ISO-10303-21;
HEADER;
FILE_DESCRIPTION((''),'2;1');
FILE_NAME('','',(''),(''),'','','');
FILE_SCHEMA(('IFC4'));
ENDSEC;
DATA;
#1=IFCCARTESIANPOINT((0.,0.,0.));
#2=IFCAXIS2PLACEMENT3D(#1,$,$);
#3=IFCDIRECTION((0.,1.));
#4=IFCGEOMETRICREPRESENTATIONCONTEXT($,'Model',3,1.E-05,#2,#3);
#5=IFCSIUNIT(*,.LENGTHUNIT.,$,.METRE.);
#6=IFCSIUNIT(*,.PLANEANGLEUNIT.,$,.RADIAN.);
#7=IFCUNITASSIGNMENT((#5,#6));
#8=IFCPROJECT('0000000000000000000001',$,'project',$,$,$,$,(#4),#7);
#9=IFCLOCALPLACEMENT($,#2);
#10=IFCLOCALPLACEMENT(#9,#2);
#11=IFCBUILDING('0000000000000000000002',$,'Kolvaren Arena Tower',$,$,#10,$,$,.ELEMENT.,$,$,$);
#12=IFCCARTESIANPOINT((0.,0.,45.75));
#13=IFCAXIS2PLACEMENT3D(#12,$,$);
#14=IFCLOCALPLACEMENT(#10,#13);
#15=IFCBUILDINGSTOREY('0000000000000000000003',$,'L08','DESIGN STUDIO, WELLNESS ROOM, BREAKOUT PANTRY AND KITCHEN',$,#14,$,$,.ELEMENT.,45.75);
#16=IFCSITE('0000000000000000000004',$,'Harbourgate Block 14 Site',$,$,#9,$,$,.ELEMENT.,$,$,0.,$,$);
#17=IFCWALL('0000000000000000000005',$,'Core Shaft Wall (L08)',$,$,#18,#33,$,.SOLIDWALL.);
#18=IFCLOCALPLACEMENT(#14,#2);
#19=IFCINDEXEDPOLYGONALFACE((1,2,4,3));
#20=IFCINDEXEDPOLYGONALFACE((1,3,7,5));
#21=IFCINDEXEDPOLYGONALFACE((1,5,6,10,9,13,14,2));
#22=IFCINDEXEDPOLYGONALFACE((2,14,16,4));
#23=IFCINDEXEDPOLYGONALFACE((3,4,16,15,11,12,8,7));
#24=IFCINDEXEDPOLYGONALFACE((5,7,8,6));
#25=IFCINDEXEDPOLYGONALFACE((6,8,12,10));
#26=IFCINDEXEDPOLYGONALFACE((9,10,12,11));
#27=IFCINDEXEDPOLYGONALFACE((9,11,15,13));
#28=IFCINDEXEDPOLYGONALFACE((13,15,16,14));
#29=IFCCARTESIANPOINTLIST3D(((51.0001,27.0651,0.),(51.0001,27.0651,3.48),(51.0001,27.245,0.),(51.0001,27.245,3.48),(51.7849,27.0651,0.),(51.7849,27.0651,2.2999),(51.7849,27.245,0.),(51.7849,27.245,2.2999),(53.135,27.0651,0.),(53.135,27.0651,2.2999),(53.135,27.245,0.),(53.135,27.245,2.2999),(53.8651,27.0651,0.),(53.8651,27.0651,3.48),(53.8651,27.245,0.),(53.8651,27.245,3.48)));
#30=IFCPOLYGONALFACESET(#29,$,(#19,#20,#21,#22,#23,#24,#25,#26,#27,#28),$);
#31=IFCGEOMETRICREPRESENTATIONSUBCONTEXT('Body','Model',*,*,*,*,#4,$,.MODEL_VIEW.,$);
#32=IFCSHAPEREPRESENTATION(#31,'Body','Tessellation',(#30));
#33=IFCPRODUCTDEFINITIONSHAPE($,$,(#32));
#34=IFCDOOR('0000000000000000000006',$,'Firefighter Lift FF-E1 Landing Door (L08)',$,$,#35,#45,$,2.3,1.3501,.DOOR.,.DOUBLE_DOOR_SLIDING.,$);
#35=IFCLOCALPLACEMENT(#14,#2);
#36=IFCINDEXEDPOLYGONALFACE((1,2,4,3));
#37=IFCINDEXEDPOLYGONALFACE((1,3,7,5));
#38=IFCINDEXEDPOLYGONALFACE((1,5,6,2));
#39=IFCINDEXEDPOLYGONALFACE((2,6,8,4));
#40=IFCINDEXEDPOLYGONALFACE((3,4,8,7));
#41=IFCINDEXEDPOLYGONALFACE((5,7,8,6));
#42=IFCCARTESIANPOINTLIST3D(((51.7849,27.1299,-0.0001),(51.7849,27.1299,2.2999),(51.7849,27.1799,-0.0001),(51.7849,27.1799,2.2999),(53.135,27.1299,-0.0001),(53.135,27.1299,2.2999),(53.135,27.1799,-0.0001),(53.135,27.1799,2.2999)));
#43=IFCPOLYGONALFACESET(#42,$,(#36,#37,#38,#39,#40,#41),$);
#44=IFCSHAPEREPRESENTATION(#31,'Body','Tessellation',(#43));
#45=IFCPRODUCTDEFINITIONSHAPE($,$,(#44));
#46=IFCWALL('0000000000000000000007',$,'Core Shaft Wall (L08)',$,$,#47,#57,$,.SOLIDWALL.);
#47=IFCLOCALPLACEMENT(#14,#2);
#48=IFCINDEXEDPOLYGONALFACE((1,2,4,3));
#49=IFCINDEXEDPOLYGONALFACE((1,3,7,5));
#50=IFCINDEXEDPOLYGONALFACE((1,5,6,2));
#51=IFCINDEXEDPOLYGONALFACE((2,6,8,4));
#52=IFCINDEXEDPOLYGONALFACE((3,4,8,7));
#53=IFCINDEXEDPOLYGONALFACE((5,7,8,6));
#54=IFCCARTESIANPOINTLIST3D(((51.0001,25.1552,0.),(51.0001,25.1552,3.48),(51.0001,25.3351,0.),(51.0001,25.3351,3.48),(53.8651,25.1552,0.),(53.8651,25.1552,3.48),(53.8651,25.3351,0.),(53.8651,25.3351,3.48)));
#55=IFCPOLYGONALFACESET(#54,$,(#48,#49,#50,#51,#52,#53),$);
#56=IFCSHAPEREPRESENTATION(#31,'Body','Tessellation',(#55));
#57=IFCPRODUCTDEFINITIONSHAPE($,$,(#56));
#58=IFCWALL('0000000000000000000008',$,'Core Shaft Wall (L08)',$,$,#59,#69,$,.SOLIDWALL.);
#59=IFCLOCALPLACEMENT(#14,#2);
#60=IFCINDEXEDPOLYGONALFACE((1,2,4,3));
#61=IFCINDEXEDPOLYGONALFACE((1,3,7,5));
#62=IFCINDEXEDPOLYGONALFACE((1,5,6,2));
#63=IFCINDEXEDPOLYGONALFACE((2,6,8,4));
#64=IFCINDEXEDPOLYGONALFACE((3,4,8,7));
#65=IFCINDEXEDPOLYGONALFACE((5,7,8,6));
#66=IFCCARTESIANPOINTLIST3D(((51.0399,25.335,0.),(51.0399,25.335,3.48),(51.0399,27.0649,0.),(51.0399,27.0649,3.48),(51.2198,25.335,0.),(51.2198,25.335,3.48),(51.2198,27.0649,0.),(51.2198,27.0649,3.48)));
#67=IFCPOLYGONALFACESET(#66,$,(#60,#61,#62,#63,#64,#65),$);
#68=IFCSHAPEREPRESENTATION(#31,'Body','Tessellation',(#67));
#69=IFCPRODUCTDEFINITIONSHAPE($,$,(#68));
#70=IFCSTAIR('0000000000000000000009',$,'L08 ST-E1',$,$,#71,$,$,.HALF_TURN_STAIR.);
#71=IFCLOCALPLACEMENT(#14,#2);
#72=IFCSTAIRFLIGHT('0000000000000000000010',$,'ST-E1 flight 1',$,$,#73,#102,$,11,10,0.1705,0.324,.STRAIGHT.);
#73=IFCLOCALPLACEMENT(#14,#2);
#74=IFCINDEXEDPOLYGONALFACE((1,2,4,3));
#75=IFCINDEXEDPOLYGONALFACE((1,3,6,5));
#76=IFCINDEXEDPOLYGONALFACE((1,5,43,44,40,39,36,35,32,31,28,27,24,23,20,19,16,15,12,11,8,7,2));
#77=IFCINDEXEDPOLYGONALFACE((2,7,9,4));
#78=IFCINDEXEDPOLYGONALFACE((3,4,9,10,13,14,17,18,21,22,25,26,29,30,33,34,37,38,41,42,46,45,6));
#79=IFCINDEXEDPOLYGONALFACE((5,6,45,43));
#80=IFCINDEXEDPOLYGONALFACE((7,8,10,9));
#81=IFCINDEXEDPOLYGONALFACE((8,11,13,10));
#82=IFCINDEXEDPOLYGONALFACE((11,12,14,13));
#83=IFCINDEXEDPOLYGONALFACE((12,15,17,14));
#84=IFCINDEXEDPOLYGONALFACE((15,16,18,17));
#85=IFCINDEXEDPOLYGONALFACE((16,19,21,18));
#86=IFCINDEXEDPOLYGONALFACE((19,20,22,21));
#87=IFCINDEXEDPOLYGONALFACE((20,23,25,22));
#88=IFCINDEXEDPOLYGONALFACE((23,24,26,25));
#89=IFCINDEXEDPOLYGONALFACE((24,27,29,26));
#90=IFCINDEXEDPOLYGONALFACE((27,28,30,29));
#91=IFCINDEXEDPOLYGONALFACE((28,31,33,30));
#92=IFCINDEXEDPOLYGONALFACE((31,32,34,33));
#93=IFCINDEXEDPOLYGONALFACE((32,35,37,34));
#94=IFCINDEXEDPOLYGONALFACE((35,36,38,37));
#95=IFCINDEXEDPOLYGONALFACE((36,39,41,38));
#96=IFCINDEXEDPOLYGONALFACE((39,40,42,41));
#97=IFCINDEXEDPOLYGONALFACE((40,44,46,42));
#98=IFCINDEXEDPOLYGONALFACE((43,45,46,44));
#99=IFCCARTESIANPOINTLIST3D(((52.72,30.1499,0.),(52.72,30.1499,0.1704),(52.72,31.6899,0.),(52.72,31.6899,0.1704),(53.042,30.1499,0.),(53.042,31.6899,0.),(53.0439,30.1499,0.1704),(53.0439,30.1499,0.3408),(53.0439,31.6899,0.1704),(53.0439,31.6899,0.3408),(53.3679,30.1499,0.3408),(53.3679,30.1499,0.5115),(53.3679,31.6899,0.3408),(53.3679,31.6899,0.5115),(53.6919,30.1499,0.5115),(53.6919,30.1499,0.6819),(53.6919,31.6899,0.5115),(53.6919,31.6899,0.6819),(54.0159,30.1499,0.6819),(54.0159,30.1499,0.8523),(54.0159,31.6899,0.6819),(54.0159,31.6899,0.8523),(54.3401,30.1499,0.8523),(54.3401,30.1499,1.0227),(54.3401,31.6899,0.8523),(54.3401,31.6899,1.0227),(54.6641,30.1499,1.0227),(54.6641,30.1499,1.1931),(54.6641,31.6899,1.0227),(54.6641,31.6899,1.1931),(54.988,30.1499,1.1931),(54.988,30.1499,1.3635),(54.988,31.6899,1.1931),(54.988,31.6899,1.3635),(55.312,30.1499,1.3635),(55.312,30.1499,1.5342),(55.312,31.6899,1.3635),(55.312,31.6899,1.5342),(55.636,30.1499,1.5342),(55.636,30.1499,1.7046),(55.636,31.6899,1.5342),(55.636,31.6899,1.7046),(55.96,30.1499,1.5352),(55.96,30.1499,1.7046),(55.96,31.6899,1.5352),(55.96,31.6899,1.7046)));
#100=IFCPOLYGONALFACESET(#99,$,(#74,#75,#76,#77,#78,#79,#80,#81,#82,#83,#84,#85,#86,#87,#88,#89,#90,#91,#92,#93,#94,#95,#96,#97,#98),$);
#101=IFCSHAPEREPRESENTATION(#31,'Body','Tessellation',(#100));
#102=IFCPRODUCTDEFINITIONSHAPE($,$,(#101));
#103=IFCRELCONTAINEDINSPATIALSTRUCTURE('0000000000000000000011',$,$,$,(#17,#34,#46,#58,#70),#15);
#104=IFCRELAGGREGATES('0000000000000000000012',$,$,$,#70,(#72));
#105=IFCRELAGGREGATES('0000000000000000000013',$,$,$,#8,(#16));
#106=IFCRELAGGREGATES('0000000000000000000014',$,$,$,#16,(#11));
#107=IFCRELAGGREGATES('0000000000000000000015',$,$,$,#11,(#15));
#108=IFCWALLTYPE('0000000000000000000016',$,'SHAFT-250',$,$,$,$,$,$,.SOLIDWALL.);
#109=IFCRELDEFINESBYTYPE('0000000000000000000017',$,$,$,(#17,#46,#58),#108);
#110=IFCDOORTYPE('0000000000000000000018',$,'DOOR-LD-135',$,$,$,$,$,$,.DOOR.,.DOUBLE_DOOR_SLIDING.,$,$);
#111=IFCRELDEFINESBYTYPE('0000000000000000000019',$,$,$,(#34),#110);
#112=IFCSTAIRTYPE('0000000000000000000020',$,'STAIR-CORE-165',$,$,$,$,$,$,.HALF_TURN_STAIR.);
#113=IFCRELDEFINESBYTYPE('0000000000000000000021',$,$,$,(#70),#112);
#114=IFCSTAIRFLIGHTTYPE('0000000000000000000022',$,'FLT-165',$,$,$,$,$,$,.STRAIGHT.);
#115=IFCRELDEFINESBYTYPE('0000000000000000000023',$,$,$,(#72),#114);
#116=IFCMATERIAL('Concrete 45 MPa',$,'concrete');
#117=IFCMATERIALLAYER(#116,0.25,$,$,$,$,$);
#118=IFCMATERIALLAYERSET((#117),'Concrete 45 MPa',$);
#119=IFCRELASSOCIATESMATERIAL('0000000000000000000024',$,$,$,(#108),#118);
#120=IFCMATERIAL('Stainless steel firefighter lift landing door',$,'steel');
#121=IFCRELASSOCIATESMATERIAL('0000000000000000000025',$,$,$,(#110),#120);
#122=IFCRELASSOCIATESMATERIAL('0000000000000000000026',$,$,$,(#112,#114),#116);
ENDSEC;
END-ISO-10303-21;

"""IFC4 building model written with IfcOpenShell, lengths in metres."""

from ifc_helpers import new_model, si_unit, direction, frame, frame_2d, origin, place, context, subcontext, project, spatial, polyline, rectangle, outline, extrude, material, layer, layer_set, type_object, element, fill, aggregate, save


model = new_model("IFC4")

# Units and contexts
model_context = context("Model", 3, precision=1e-05, world=origin(), true_north=direction((0.0, 1.0)))
body_context = subcontext(model_context, "Body", "Model", "MODEL_VIEW")
ifc_project = project(units=[si_unit("LENGTHUNIT", "METRE"), si_unit("PLANEANGLEUNIT", "RADIAN")], contexts=[model_context])

# Site, building, storey
site_placement = place(None, origin())
site = spatial("IfcSite", under=ifc_project, at=site_placement, Name="Harbourgate Block 14 Site", CompositionType="ELEMENT", RefElevation=0.0)
building_placement = place(site_placement, origin())
building = spatial("IfcBuilding", under=site, at=building_placement, Name="Kolvaren Arena Tower", CompositionType="ELEMENT")
storey_placement = place(building_placement, frame((0.0, 0.0, 45.75)))
storey = spatial("IfcBuildingStorey", under=building, at=storey_placement, Name="L08", Description="DESIGN STUDIO, WELLNESS ROOM, BREAKOUT PANTRY AND KITCHEN", CompositionType="ELEMENT", Elevation=45.75)

# Shared definitions
ifc_material_1 = material(Name="Concrete 45 MPa", Category="concrete")
ifc_layer = layer(ifc_material_1, 0.25)
ifc_layer_set = layer_set([ifc_layer], Name="Concrete 45 MPa")
wall_type = type_object("IfcWallType", Name="SHAFT-250", PredefinedType="SOLIDWALL", material=ifc_layer_set)

# Wall, opening, door
wall_1_placement = place(storey_placement, frame((51.0, 27.155, 0.0), z_axis=(0.0, 0.0, 1.0), x_axis=(1.0, 0.0, 0.0)))
wall_1 = element("IfcWall", 1, at=wall_1_placement, inside=storey, type_object=wall_type, Name="Core Shaft Wall (L08)", PredefinedType="SOLIDWALL", context=body_context, shape_type="SweptSolid", body=[
    extrude(rectangle(XDim=2.865, YDim=0.1799, at=frame_2d((1.4326, 0.0))), origin(), (0.0, 0.0, 1.0), 3.48),
])
opening_placement = place(wall_1_placement, frame((0.7849, 0.0, 0.0)))
opening = element("IfcOpeningElement", 2, at=opening_placement, cuts=wall_1, PredefinedType="OPENING", context=body_context, shape_type="SweptSolid", body=[
    extrude(rectangle(XDim=1.3501, YDim=2.3, at=frame_2d((0.675, 1.1499))), frame((0.0, 0.0999, 0.0), z_axis=(0.0, -1.0, 0.0), x_axis=(1.0, 0.0, 0.0)), (0.0, 0.0, 1.0), 0.2),
])
ifc_material_2 = material(Name="Stainless steel firefighter lift landing door", Category="steel")
door_type = type_object("IfcDoorType", Name="DOOR-LD-135", OperationType="DOUBLE_DOOR_SLIDING", PredefinedType="DOOR", material=ifc_material_2)
door_placement = place(opening_placement, origin())
door = element("IfcDoor", 3, at=door_placement, inside=storey, type_object=door_type, Name="Firefighter Lift FF-E1 Landing Door (L08)", OperationType="DOUBLE_DOOR_SLIDING", OverallHeight=2.3, OverallWidth=1.3501, PredefinedType="DOOR", context=body_context, shape_type="SweptSolid", body=[
    extrude(rectangle(XDim=1.3501, YDim=2.3, at=frame_2d((0.675, 1.1499))), frame((0.0, 0.0249, 0.0), z_axis=(0.0, -1.0, 0.0), x_axis=(1.0, 0.0, 0.0)), (0.0, 0.0, 1.0), 0.05),
])
fill(opening, door)

# Walls
wall_2_placement = place(storey_placement, frame((51.0, 25.2451, 0.0), z_axis=(0.0, 0.0, 1.0), x_axis=(1.0, 0.0, 0.0)))
element("IfcWall", 4, at=wall_2_placement, inside=storey, type_object=wall_type, Name="Core Shaft Wall (L08)", PredefinedType="SOLIDWALL", context=body_context, shape_type="SweptSolid", body=[
    extrude(rectangle(XDim=2.865, YDim=0.1799, at=frame_2d((1.4326, 0.0))), origin(), (0.0, 0.0, 1.0), 3.48),
])
wall_3_placement = place(storey_placement, frame((51.1299, 25.335, 0.0), z_axis=(0.0, 0.0, 1.0), x_axis=(0.0, 1.0, 0.0)))
element("IfcWall", 5, at=wall_3_placement, inside=storey, type_object=wall_type, Name="Core Shaft Wall (L08)", PredefinedType="SOLIDWALL", context=body_context, shape_type="SweptSolid", body=[
    extrude(rectangle(XDim=1.73, YDim=0.1799, at=frame_2d((0.865, 0.0))), origin(), (0.0, 0.0, 1.0), 3.48),
])

# Stair, stair flight
stair_type = type_object("IfcStairType", Name="STAIR-CORE-165", PredefinedType="HALF_TURN_STAIR", material=ifc_material_1)
stair_placement = place(storey_placement, origin())
stair = element("IfcStair", 6, at=stair_placement, inside=storey, type_object=stair_type, Name="L08 ST-E1", PredefinedType="HALF_TURN_STAIR")
stair_flight_type = type_object("IfcStairFlightType", Name="FLT-165", PredefinedType="STRAIGHT", material=ifc_material_1)
stair_flight_placement = place(storey_placement, frame((52.72, 30.9199, 0.0), z_axis=(0.0, 0.0, 1.0), x_axis=(1.0, 0.0, 0.0)))
stair_flight = element("IfcStairFlight", 7, at=stair_flight_placement, type_object=stair_flight_type, Name="ST-E1 flight 1", NumberOfRisers=11, NumberOfTreads=10, PredefinedType="STRAIGHT", RiserHeight=0.1705, TreadLength=0.324, context=body_context, shape_type="SweptSolid", body=[
    extrude(outline(polyline([(0.0, 0.0), (0.0, 0.1704), (0.324, 0.1704), (0.324, 0.3408), (0.6479, 0.3408), (0.6479, 0.5115), (0.9719, 0.5115), (0.9719, 0.6819), (1.2959, 0.6819), (1.2959, 0.8523), (1.6201, 0.8523), (1.6201, 1.0227), (1.9441, 1.0227), (1.9441, 1.1931), (2.2681, 1.1931), (2.2681, 1.3635), (2.592, 1.3635), (2.592, 1.5342), (2.916, 1.5342), (2.916, 1.7046), (3.24, 1.7046), (3.24, 1.875), (3.24, 1.5352), (0.322, 0.0), (0.0, 0.0)])), frame((0.0, 0.77, 0.0), z_axis=(0.0, -1.0, 0.0), x_axis=(1.0, 0.0, 0.0)), (0.0, 0.0, 1.0), 1.54),
])
aggregate(stair, [stair_flight])

save(model, "model.ifc")
